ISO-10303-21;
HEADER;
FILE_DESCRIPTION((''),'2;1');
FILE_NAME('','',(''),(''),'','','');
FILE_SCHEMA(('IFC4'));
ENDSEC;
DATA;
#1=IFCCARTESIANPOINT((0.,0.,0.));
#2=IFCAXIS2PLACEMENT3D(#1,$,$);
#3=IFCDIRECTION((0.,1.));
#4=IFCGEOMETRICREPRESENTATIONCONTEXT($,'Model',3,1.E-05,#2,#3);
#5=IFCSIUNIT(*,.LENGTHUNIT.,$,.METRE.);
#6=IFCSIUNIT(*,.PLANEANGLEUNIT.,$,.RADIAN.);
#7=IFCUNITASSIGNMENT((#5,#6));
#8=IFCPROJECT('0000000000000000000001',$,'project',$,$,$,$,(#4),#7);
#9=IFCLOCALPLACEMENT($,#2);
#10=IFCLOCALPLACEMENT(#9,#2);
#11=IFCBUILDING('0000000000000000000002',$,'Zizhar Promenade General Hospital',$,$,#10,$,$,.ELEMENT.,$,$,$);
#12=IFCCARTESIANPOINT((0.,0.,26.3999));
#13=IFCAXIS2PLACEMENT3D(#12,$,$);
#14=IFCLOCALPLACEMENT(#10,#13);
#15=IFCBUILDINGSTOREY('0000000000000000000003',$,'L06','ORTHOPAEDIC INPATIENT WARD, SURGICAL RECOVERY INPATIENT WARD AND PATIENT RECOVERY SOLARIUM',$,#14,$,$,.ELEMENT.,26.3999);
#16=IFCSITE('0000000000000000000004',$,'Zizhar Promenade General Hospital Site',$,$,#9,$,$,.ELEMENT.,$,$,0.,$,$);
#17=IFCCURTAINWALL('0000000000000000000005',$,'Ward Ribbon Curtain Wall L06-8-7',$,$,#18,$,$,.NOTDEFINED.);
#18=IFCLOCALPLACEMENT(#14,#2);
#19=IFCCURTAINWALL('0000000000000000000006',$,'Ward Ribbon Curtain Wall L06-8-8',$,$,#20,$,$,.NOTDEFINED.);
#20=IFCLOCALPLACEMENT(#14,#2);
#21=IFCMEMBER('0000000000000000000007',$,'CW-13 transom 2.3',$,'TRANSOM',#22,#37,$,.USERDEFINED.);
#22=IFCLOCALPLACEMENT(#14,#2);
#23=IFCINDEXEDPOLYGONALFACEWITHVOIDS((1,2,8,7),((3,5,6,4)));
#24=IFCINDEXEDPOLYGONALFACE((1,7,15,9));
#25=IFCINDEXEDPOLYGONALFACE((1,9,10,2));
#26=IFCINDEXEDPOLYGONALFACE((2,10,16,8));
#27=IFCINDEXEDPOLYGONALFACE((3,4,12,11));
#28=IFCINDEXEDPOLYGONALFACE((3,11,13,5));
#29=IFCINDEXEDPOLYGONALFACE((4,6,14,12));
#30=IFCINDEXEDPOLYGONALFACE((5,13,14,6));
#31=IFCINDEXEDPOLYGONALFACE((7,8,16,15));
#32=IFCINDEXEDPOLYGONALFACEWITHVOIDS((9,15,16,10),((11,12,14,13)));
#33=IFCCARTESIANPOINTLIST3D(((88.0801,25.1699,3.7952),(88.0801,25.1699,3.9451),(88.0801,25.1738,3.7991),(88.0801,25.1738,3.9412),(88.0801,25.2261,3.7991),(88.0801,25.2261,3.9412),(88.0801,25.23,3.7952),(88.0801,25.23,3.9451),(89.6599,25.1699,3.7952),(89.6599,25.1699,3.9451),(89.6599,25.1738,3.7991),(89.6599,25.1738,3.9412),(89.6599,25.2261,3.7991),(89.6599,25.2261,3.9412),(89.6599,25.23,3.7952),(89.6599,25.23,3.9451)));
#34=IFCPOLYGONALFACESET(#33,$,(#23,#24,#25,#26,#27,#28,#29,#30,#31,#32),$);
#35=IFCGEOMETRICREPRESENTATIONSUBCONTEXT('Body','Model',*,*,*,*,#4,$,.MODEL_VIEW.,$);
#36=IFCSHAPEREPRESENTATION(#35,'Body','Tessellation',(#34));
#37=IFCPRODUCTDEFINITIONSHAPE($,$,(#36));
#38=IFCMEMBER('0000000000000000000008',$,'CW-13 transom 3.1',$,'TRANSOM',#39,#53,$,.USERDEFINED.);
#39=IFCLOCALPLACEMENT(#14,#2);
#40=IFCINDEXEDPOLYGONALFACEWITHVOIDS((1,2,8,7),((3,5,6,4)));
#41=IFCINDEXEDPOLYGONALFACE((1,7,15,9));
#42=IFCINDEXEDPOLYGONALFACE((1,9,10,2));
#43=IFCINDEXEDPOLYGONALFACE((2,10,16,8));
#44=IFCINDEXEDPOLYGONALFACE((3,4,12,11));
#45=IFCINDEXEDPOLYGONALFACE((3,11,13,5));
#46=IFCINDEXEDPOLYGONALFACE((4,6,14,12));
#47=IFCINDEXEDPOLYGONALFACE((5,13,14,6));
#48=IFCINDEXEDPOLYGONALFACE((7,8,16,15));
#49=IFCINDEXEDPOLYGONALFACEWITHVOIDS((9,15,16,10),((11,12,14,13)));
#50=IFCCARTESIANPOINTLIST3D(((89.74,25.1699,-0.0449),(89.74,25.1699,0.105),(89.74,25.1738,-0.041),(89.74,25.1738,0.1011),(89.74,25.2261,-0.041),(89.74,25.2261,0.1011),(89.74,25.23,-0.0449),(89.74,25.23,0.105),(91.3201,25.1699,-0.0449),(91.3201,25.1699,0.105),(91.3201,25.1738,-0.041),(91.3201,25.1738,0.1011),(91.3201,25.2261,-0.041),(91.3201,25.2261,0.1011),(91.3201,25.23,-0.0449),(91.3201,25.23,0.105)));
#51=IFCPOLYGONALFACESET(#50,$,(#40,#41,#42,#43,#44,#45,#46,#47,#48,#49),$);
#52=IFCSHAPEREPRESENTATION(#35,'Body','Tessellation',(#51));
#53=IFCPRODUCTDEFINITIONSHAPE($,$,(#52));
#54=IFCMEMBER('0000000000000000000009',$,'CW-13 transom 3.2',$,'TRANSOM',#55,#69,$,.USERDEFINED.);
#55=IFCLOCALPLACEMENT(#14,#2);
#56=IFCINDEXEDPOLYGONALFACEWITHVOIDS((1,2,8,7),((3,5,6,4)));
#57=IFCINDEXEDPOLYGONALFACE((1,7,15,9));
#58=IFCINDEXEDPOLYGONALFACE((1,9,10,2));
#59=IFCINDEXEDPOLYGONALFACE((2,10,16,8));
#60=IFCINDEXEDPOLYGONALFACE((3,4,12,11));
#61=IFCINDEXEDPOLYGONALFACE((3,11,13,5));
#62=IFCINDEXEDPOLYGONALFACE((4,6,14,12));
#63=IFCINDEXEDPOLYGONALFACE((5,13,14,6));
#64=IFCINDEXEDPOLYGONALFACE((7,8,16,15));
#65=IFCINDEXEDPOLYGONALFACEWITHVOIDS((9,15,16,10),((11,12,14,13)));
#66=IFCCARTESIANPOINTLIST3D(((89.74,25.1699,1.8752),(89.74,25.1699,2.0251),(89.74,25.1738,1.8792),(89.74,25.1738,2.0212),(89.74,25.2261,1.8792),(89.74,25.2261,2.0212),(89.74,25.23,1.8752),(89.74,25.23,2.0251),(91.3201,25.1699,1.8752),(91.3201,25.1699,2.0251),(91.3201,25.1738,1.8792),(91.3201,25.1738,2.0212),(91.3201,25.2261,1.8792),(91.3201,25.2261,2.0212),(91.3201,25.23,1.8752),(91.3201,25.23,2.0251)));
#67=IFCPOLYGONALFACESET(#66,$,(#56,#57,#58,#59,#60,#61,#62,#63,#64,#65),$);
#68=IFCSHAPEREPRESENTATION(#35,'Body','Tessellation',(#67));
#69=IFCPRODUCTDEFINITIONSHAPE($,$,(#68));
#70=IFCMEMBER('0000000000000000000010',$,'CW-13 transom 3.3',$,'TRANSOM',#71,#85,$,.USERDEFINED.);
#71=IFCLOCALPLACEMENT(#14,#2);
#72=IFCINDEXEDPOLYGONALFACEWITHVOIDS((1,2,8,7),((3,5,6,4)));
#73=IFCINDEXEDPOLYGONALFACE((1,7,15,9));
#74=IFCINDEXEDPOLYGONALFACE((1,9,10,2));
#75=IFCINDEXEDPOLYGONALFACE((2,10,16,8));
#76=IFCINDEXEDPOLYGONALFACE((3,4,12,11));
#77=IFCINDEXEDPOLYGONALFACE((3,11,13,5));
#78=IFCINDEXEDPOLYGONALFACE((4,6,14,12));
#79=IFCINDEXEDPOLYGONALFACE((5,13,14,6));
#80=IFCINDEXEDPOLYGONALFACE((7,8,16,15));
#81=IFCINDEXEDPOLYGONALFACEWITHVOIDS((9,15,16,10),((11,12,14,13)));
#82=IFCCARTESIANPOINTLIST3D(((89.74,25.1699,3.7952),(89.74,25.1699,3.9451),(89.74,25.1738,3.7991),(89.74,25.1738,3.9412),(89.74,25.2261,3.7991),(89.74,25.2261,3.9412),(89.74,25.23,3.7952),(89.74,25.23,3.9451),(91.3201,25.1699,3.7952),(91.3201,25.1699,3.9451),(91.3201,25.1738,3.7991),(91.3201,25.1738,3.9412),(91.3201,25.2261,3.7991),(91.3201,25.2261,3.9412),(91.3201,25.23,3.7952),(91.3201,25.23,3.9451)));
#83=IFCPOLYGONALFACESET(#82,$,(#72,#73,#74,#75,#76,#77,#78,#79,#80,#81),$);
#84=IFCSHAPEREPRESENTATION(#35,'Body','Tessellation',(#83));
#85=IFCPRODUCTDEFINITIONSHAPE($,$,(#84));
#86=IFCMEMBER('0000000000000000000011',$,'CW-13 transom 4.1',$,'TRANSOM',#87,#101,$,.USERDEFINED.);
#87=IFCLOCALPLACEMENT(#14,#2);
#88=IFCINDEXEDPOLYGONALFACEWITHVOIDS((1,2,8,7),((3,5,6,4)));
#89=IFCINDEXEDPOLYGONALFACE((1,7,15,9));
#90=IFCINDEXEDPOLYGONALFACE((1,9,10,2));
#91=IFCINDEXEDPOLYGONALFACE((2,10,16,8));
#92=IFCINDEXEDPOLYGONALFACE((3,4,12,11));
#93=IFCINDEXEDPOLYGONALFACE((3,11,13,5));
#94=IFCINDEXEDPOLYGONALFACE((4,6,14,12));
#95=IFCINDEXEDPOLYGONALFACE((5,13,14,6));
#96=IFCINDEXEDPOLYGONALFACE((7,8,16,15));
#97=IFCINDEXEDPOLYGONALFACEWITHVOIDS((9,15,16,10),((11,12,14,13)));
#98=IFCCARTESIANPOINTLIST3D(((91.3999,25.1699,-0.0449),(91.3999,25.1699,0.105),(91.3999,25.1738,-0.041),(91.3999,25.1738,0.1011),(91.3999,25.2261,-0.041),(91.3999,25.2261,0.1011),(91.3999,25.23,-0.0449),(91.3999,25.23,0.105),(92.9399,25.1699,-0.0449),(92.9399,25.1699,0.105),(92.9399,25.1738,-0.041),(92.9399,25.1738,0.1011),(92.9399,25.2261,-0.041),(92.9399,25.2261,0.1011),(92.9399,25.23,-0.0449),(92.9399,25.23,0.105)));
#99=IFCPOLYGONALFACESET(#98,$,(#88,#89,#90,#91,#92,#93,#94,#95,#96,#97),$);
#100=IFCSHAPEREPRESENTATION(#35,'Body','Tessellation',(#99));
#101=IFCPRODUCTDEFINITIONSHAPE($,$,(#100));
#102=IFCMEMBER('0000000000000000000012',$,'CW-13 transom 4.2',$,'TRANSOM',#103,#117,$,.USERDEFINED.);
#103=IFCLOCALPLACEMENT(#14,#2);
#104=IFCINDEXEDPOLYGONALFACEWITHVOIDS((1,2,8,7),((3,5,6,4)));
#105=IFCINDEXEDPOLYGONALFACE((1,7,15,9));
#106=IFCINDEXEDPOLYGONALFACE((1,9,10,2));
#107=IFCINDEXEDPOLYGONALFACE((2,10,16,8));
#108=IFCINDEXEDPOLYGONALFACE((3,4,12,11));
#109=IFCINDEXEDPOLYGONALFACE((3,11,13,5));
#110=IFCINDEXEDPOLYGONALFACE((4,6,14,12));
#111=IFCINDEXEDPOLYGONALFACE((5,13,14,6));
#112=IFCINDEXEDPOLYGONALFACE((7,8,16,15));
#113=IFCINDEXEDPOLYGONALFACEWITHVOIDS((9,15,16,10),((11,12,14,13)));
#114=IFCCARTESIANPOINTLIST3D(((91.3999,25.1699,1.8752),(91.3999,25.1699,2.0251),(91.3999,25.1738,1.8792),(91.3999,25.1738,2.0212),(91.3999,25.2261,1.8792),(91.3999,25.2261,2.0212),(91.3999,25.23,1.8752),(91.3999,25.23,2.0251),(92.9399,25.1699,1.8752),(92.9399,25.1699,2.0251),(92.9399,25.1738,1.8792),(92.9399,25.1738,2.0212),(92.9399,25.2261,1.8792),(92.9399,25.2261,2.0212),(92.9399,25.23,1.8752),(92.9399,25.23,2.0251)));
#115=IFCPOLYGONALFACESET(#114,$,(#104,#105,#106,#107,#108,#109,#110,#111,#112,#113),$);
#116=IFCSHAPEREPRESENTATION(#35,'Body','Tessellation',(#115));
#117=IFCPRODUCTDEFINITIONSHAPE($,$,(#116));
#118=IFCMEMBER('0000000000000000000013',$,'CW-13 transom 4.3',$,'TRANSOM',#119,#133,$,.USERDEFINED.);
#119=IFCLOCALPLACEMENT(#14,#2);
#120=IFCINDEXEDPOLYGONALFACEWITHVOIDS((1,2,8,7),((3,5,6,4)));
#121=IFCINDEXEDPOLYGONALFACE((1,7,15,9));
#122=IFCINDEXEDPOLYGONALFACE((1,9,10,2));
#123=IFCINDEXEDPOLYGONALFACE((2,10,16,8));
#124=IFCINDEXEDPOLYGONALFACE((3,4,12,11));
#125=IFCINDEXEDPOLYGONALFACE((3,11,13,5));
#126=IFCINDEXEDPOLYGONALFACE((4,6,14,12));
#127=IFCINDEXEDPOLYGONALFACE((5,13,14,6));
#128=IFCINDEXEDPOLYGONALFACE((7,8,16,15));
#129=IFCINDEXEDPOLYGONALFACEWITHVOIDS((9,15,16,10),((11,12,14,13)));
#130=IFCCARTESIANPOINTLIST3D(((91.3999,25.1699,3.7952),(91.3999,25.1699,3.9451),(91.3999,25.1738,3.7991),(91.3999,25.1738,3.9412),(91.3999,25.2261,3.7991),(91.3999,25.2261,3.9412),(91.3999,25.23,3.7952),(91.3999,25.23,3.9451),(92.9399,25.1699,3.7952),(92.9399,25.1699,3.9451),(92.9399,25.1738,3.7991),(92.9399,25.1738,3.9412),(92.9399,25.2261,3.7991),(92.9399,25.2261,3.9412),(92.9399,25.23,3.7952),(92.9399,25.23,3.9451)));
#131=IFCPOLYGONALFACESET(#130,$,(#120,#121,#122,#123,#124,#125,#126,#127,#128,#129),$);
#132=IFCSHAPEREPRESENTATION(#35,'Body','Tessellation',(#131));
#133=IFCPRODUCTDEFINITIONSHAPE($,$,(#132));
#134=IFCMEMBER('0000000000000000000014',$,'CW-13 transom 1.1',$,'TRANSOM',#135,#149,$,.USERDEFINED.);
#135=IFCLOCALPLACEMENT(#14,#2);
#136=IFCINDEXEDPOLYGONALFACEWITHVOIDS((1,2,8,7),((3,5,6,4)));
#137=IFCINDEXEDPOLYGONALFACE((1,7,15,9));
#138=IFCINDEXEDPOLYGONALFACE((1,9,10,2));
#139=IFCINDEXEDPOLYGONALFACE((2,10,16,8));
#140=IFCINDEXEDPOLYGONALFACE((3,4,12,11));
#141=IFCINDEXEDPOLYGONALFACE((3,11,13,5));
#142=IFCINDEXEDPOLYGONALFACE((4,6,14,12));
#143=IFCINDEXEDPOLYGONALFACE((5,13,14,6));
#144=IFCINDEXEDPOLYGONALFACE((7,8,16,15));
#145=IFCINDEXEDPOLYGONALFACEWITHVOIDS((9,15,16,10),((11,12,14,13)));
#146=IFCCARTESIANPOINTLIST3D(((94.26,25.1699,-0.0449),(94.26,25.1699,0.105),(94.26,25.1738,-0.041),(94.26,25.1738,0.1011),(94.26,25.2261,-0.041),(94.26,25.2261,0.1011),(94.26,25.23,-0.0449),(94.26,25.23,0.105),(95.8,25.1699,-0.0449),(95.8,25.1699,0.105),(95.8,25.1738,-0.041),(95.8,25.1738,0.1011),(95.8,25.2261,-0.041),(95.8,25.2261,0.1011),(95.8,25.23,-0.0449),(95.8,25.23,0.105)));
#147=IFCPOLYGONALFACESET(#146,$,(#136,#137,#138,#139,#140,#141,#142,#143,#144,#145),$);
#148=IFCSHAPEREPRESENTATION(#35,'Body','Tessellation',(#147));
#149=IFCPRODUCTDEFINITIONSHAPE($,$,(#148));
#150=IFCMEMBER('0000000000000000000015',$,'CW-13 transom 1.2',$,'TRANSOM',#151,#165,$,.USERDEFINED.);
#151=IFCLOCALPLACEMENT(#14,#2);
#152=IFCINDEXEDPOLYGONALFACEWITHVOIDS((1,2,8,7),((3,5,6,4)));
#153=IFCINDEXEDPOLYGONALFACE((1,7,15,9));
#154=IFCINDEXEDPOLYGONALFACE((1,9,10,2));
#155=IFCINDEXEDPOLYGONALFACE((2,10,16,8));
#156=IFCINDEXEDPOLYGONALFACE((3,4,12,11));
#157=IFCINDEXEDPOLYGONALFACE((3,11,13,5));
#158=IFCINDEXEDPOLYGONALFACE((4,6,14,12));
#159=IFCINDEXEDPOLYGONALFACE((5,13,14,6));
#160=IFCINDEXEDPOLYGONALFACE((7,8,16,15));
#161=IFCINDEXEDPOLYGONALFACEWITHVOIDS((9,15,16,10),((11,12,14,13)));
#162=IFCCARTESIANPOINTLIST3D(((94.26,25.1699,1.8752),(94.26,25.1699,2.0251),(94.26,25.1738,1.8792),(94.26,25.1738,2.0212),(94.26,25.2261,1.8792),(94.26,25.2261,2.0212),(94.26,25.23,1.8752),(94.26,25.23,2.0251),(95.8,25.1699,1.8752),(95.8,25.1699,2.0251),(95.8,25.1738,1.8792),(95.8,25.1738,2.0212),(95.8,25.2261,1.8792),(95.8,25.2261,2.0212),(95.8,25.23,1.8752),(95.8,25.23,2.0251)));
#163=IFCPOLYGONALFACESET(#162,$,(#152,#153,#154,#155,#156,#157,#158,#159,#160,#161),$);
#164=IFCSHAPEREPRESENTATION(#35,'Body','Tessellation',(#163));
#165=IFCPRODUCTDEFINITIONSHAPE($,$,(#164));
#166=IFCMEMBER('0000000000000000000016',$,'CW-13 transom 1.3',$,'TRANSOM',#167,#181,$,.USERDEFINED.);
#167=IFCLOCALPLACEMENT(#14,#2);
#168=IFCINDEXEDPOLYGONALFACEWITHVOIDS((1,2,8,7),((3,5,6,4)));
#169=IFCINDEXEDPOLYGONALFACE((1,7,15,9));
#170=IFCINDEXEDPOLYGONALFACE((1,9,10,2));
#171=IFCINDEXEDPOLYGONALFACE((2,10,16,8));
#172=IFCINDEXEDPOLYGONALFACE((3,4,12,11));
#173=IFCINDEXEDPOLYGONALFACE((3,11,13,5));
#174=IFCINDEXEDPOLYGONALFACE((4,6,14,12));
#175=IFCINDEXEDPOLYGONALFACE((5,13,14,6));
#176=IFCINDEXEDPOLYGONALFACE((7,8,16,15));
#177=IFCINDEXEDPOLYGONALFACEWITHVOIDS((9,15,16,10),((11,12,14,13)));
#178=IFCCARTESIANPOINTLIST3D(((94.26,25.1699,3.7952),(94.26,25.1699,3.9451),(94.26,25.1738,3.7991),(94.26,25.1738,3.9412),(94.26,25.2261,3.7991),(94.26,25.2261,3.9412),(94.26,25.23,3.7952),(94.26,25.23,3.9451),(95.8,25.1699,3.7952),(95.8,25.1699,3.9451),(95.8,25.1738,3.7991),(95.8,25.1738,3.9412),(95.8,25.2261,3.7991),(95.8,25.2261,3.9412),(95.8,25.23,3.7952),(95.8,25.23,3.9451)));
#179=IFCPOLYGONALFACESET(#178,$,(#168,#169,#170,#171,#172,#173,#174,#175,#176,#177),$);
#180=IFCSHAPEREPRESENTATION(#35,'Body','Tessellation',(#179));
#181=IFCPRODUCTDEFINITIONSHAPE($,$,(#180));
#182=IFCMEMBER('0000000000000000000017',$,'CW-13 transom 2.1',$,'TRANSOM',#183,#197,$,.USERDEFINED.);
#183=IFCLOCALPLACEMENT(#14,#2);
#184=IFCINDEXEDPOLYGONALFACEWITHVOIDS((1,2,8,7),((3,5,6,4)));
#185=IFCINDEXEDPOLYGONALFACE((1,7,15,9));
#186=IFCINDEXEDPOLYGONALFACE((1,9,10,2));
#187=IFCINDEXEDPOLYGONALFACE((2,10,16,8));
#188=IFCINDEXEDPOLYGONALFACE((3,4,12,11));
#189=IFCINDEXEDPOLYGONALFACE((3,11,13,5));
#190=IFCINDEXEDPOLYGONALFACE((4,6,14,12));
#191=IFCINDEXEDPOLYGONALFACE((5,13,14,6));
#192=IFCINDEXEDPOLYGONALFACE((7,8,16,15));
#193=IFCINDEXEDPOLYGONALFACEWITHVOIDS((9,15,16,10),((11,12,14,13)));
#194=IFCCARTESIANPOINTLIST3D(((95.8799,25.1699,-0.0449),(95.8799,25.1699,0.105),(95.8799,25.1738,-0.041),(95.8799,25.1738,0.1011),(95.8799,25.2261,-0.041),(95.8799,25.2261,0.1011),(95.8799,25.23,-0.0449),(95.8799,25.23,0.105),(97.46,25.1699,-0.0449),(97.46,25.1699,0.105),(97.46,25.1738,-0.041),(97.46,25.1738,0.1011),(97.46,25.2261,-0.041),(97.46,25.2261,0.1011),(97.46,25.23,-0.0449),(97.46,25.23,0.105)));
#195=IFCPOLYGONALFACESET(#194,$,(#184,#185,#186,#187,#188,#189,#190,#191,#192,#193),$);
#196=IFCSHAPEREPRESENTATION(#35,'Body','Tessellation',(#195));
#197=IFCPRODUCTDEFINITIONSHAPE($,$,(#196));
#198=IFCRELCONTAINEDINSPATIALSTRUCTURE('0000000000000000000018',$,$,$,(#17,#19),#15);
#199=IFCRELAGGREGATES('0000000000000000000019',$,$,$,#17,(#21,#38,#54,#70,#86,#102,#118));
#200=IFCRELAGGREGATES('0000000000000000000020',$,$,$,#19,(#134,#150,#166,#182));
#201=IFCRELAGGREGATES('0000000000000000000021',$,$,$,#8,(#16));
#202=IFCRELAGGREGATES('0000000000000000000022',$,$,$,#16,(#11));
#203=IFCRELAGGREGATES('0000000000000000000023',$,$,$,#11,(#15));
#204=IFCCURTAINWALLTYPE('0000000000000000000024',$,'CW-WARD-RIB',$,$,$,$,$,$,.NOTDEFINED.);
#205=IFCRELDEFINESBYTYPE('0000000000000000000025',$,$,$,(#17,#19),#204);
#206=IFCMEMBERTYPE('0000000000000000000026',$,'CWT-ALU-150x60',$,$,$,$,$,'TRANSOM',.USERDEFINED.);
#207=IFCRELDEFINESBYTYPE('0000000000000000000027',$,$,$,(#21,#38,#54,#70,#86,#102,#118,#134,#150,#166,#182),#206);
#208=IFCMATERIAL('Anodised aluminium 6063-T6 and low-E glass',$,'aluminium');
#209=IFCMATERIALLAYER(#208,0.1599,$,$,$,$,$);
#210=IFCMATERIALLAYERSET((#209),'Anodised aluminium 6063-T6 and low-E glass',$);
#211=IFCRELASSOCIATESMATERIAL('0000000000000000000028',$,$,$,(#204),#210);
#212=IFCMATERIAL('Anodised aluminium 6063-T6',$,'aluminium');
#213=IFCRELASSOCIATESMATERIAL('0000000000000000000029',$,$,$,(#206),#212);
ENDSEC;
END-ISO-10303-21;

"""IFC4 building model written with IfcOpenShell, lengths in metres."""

from ifc_helpers import new_model, si_unit, direction, frame, origin, origin_2d, place, context, subcontext, project, spatial, hollow_rectangle, extrude, material, layer, layer_set, material_profile, profile_set, type_object, element, aggregate, save


model = new_model("IFC4")

# Units and contexts
model_context = context("Model", 3, precision=1e-05, world=origin(), true_north=direction((0.0, 1.0)))
body_context = subcontext(model_context, "Body", "Model", "MODEL_VIEW")
ifc_project = project(units=[si_unit("LENGTHUNIT", "METRE"), si_unit("PLANEANGLEUNIT", "RADIAN")], contexts=[model_context])

# Site, building, storey
site_placement = place(None, origin())
site = spatial("IfcSite", under=ifc_project, at=site_placement, Name="Zizhar Promenade General Hospital Site", CompositionType="ELEMENT", RefElevation=0.0)
building_placement = place(site_placement, origin())
building = spatial("IfcBuilding", under=site, at=building_placement, Name="Zizhar Promenade General Hospital", CompositionType="ELEMENT")
storey_placement = place(building_placement, frame((0.0, 0.0, 26.3999)))
storey = spatial("IfcBuildingStorey", under=building, at=storey_placement, Name="L06", Description="ORTHOPAEDIC INPATIENT WARD, SURGICAL RECOVERY INPATIENT WARD AND PATIENT RECOVERY SOLARIUM", CompositionType="ELEMENT", Elevation=26.3999)

# Curtain walls
ifc_material_1 = material(Name="Anodised aluminium 6063-T6 and low-E glass", Category="aluminium")
ifc_layer_1 = layer(ifc_material_1, 0.1599)
ifc_layer_set_1 = layer_set([ifc_layer_1], Name="Anodised aluminium 6063-T6 and low-E glass")
curtain_wall_type = type_object("IfcCurtainWallType", Name="CW-WARD-RIB", PredefinedType="NOTDEFINED", material=ifc_layer_set_1)
curtain_wall_1_placement = place(storey_placement, origin())
curtain_wall_1 = element("IfcCurtainWall", 1, at=curtain_wall_1_placement, inside=storey, type_object=curtain_wall_type, Name="Ward Ribbon Curtain Wall L06-8-7", PredefinedType="NOTDEFINED")
curtain_wall_2_placement = place(storey_placement, origin())
curtain_wall_2 = element("IfcCurtainWall", 2, at=curtain_wall_2_placement, inside=storey, type_object=curtain_wall_type, Name="Ward Ribbon Curtain Wall L06-8-8", PredefinedType="NOTDEFINED")

# Members
ifc_material_2 = material(Name="Anodised aluminium 6063-T6", Category="aluminium")
ifc_material_profile_1 = material_profile(ifc_material_2, hollow_rectangle(XDim=0.0601, YDim=0.1499, WallThickness=0.0039, at=origin_2d()))
ifc_profile_set_1 = profile_set([ifc_material_profile_1], Name="Anodised aluminium 6063-T6")
member_type_1 = type_object("IfcMemberType", Name="CWT-ALU-150x60", ElementType="TRANSOM", PredefinedType="USERDEFINED", material=ifc_profile_set_1)
member_1_placement = place(storey_placement, frame((88.0801, 25.2, 3.8701), z_axis=(1.0, 0.0, 0.0), x_axis=(0.0, 1.0, 0.0)))
member_1 = element("IfcMember", 3, at=member_1_placement, type_object=member_type_1, Name="CW-13 transom 2.3", ObjectType="TRANSOM", PredefinedType="USERDEFINED", context=body_context, shape_type="SweptSolid", body=[
    extrude(hollow_rectangle(XDim=0.0601, YDim=0.1499, WallThickness=0.0039, at=origin_2d()), origin(), (0.0, 0.0, 1.0), 1.5798),
])
member_2_placement = place(storey_placement, frame((89.74, 25.2, 0.03), z_axis=(1.0, 0.0, 0.0), x_axis=(0.0, 1.0, 0.0)))
member_2 = element("IfcMember", 4, at=member_2_placement, type_object=member_type_1, Name="CW-13 transom 3.1", ObjectType="TRANSOM", PredefinedType="USERDEFINED", context=body_context, shape_type="SweptSolid", body=[
    extrude(hollow_rectangle(XDim=0.0601, YDim=0.1499, WallThickness=0.0039, at=origin_2d()), origin(), (0.0, 0.0, 1.0), 1.5801),
])
member_3_placement = place(storey_placement, frame((89.74, 25.2, 1.9502), z_axis=(1.0, 0.0, 0.0), x_axis=(0.0, 1.0, 0.0)))
member_3 = element("IfcMember", 5, at=member_3_placement, type_object=member_type_1, Name="CW-13 transom 3.2", ObjectType="TRANSOM", PredefinedType="USERDEFINED", context=body_context, shape_type="SweptSolid", body=[
    extrude(hollow_rectangle(XDim=0.0601, YDim=0.1499, WallThickness=0.0039, at=origin_2d()), origin(), (0.0, 0.0, 1.0), 1.5801),
])
member_4_placement = place(storey_placement, frame((89.74, 25.2, 3.8701), z_axis=(1.0, 0.0, 0.0), x_axis=(0.0, 1.0, 0.0)))
member_4 = element("IfcMember", 6, at=member_4_placement, type_object=member_type_1, Name="CW-13 transom 3.3", ObjectType="TRANSOM", PredefinedType="USERDEFINED", context=body_context, shape_type="SweptSolid", body=[
    extrude(hollow_rectangle(XDim=0.0601, YDim=0.1499, WallThickness=0.0039, at=origin_2d()), origin(), (0.0, 0.0, 1.0), 1.5801),
])
member_5_placement = place(storey_placement, frame((91.3999, 25.2, 0.03), z_axis=(1.0, 0.0, 0.0), x_axis=(0.0, 1.0, 0.0)))
member_5 = element("IfcMember", 7, at=member_5_placement, type_object=member_type_1, Name="CW-13 transom 4.1", ObjectType="TRANSOM", PredefinedType="USERDEFINED", context=body_context, shape_type="SweptSolid", body=[
    extrude(hollow_rectangle(XDim=0.0601, YDim=0.1499, WallThickness=0.0039, at=origin_2d()), origin(), (0.0, 0.0, 1.0), 1.54),
])
member_6_placement = place(storey_placement, frame((91.3999, 25.2, 1.9502), z_axis=(1.0, 0.0, 0.0), x_axis=(0.0, 1.0, 0.0)))
member_6 = element("IfcMember", 8, at=member_6_placement, type_object=member_type_1, Name="CW-13 transom 4.2", ObjectType="TRANSOM", PredefinedType="USERDEFINED", context=body_context, shape_type="SweptSolid", body=[
    extrude(hollow_rectangle(XDim=0.0601, YDim=0.1499, WallThickness=0.0039, at=origin_2d()), origin(), (0.0, 0.0, 1.0), 1.54),
])
member_7_placement = place(storey_placement, frame((91.3999, 25.2, 3.8701), z_axis=(1.0, 0.0, 0.0), x_axis=(0.0, 1.0, 0.0)))
member_7 = element("IfcMember", 9, at=member_7_placement, type_object=member_type_1, Name="CW-13 transom 4.3", ObjectType="TRANSOM", PredefinedType="USERDEFINED", context=body_context, shape_type="SweptSolid", body=[
    extrude(hollow_rectangle(XDim=0.0601, YDim=0.1499, WallThickness=0.0039, at=origin_2d()), origin(), (0.0, 0.0, 1.0), 1.54),
])
member_8_placement = place(storey_placement, frame((94.26, 25.2, 0.03), z_axis=(1.0, 0.0, 0.0), x_axis=(0.0, 1.0, 0.0)))
member_8 = element("IfcMember", 10, at=member_8_placement, type_object=member_type_1, Name="CW-13 transom 1.1", ObjectType="TRANSOM", PredefinedType="USERDEFINED", context=body_context, shape_type="SweptSolid", body=[
    extrude(hollow_rectangle(XDim=0.0601, YDim=0.1499, WallThickness=0.0039, at=origin_2d()), origin(), (0.0, 0.0, 1.0), 1.54),
])
member_9_placement = place(storey_placement, frame((94.26, 25.2, 1.9502), z_axis=(1.0, 0.0, 0.0), x_axis=(0.0, 1.0, 0.0)))
member_9 = element("IfcMember", 11, at=member_9_placement, type_object=member_type_1, Name="CW-13 transom 1.2", ObjectType="TRANSOM", PredefinedType="USERDEFINED", context=body_context, shape_type="SweptSolid", body=[
    extrude(hollow_rectangle(XDim=0.0601, YDim=0.1499, WallThickness=0.0039, at=origin_2d()), origin(), (0.0, 0.0, 1.0), 1.54),
])
member_10_placement = place(storey_placement, frame((94.26, 25.2, 3.8701), z_axis=(1.0, 0.0, 0.0), x_axis=(0.0, 1.0, 0.0)))
member_10 = element("IfcMember", 12, at=member_10_placement, type_object=member_type_1, Name="CW-13 transom 1.3", ObjectType="TRANSOM", PredefinedType="USERDEFINED", context=body_context, shape_type="SweptSolid", body=[
    extrude(hollow_rectangle(XDim=0.0601, YDim=0.1499, WallThickness=0.0039, at=origin_2d()), origin(), (0.0, 0.0, 1.0), 1.54),
])
member_11_placement = place(storey_placement, frame((95.8799, 25.2, 0.03), z_axis=(1.0, 0.0, 0.0), x_axis=(0.0, 1.0, 0.0)))
member_11 = element("IfcMember", 13, at=member_11_placement, type_object=member_type_1, Name="CW-13 transom 2.1", ObjectType="TRANSOM", PredefinedType="USERDEFINED", context=body_context, shape_type="SweptSolid", body=[
    extrude(hollow_rectangle(XDim=0.0601, YDim=0.1499, WallThickness=0.0039, at=origin_2d()), origin(), (0.0, 0.0, 1.0), 1.5801),
])

aggregate(curtain_wall_1, [member_1, member_2, member_3, member_4, member_5, member_6, member_7])
aggregate(curtain_wall_2, [member_8, member_9, member_10, member_11])

save(model, "model.ifc")
